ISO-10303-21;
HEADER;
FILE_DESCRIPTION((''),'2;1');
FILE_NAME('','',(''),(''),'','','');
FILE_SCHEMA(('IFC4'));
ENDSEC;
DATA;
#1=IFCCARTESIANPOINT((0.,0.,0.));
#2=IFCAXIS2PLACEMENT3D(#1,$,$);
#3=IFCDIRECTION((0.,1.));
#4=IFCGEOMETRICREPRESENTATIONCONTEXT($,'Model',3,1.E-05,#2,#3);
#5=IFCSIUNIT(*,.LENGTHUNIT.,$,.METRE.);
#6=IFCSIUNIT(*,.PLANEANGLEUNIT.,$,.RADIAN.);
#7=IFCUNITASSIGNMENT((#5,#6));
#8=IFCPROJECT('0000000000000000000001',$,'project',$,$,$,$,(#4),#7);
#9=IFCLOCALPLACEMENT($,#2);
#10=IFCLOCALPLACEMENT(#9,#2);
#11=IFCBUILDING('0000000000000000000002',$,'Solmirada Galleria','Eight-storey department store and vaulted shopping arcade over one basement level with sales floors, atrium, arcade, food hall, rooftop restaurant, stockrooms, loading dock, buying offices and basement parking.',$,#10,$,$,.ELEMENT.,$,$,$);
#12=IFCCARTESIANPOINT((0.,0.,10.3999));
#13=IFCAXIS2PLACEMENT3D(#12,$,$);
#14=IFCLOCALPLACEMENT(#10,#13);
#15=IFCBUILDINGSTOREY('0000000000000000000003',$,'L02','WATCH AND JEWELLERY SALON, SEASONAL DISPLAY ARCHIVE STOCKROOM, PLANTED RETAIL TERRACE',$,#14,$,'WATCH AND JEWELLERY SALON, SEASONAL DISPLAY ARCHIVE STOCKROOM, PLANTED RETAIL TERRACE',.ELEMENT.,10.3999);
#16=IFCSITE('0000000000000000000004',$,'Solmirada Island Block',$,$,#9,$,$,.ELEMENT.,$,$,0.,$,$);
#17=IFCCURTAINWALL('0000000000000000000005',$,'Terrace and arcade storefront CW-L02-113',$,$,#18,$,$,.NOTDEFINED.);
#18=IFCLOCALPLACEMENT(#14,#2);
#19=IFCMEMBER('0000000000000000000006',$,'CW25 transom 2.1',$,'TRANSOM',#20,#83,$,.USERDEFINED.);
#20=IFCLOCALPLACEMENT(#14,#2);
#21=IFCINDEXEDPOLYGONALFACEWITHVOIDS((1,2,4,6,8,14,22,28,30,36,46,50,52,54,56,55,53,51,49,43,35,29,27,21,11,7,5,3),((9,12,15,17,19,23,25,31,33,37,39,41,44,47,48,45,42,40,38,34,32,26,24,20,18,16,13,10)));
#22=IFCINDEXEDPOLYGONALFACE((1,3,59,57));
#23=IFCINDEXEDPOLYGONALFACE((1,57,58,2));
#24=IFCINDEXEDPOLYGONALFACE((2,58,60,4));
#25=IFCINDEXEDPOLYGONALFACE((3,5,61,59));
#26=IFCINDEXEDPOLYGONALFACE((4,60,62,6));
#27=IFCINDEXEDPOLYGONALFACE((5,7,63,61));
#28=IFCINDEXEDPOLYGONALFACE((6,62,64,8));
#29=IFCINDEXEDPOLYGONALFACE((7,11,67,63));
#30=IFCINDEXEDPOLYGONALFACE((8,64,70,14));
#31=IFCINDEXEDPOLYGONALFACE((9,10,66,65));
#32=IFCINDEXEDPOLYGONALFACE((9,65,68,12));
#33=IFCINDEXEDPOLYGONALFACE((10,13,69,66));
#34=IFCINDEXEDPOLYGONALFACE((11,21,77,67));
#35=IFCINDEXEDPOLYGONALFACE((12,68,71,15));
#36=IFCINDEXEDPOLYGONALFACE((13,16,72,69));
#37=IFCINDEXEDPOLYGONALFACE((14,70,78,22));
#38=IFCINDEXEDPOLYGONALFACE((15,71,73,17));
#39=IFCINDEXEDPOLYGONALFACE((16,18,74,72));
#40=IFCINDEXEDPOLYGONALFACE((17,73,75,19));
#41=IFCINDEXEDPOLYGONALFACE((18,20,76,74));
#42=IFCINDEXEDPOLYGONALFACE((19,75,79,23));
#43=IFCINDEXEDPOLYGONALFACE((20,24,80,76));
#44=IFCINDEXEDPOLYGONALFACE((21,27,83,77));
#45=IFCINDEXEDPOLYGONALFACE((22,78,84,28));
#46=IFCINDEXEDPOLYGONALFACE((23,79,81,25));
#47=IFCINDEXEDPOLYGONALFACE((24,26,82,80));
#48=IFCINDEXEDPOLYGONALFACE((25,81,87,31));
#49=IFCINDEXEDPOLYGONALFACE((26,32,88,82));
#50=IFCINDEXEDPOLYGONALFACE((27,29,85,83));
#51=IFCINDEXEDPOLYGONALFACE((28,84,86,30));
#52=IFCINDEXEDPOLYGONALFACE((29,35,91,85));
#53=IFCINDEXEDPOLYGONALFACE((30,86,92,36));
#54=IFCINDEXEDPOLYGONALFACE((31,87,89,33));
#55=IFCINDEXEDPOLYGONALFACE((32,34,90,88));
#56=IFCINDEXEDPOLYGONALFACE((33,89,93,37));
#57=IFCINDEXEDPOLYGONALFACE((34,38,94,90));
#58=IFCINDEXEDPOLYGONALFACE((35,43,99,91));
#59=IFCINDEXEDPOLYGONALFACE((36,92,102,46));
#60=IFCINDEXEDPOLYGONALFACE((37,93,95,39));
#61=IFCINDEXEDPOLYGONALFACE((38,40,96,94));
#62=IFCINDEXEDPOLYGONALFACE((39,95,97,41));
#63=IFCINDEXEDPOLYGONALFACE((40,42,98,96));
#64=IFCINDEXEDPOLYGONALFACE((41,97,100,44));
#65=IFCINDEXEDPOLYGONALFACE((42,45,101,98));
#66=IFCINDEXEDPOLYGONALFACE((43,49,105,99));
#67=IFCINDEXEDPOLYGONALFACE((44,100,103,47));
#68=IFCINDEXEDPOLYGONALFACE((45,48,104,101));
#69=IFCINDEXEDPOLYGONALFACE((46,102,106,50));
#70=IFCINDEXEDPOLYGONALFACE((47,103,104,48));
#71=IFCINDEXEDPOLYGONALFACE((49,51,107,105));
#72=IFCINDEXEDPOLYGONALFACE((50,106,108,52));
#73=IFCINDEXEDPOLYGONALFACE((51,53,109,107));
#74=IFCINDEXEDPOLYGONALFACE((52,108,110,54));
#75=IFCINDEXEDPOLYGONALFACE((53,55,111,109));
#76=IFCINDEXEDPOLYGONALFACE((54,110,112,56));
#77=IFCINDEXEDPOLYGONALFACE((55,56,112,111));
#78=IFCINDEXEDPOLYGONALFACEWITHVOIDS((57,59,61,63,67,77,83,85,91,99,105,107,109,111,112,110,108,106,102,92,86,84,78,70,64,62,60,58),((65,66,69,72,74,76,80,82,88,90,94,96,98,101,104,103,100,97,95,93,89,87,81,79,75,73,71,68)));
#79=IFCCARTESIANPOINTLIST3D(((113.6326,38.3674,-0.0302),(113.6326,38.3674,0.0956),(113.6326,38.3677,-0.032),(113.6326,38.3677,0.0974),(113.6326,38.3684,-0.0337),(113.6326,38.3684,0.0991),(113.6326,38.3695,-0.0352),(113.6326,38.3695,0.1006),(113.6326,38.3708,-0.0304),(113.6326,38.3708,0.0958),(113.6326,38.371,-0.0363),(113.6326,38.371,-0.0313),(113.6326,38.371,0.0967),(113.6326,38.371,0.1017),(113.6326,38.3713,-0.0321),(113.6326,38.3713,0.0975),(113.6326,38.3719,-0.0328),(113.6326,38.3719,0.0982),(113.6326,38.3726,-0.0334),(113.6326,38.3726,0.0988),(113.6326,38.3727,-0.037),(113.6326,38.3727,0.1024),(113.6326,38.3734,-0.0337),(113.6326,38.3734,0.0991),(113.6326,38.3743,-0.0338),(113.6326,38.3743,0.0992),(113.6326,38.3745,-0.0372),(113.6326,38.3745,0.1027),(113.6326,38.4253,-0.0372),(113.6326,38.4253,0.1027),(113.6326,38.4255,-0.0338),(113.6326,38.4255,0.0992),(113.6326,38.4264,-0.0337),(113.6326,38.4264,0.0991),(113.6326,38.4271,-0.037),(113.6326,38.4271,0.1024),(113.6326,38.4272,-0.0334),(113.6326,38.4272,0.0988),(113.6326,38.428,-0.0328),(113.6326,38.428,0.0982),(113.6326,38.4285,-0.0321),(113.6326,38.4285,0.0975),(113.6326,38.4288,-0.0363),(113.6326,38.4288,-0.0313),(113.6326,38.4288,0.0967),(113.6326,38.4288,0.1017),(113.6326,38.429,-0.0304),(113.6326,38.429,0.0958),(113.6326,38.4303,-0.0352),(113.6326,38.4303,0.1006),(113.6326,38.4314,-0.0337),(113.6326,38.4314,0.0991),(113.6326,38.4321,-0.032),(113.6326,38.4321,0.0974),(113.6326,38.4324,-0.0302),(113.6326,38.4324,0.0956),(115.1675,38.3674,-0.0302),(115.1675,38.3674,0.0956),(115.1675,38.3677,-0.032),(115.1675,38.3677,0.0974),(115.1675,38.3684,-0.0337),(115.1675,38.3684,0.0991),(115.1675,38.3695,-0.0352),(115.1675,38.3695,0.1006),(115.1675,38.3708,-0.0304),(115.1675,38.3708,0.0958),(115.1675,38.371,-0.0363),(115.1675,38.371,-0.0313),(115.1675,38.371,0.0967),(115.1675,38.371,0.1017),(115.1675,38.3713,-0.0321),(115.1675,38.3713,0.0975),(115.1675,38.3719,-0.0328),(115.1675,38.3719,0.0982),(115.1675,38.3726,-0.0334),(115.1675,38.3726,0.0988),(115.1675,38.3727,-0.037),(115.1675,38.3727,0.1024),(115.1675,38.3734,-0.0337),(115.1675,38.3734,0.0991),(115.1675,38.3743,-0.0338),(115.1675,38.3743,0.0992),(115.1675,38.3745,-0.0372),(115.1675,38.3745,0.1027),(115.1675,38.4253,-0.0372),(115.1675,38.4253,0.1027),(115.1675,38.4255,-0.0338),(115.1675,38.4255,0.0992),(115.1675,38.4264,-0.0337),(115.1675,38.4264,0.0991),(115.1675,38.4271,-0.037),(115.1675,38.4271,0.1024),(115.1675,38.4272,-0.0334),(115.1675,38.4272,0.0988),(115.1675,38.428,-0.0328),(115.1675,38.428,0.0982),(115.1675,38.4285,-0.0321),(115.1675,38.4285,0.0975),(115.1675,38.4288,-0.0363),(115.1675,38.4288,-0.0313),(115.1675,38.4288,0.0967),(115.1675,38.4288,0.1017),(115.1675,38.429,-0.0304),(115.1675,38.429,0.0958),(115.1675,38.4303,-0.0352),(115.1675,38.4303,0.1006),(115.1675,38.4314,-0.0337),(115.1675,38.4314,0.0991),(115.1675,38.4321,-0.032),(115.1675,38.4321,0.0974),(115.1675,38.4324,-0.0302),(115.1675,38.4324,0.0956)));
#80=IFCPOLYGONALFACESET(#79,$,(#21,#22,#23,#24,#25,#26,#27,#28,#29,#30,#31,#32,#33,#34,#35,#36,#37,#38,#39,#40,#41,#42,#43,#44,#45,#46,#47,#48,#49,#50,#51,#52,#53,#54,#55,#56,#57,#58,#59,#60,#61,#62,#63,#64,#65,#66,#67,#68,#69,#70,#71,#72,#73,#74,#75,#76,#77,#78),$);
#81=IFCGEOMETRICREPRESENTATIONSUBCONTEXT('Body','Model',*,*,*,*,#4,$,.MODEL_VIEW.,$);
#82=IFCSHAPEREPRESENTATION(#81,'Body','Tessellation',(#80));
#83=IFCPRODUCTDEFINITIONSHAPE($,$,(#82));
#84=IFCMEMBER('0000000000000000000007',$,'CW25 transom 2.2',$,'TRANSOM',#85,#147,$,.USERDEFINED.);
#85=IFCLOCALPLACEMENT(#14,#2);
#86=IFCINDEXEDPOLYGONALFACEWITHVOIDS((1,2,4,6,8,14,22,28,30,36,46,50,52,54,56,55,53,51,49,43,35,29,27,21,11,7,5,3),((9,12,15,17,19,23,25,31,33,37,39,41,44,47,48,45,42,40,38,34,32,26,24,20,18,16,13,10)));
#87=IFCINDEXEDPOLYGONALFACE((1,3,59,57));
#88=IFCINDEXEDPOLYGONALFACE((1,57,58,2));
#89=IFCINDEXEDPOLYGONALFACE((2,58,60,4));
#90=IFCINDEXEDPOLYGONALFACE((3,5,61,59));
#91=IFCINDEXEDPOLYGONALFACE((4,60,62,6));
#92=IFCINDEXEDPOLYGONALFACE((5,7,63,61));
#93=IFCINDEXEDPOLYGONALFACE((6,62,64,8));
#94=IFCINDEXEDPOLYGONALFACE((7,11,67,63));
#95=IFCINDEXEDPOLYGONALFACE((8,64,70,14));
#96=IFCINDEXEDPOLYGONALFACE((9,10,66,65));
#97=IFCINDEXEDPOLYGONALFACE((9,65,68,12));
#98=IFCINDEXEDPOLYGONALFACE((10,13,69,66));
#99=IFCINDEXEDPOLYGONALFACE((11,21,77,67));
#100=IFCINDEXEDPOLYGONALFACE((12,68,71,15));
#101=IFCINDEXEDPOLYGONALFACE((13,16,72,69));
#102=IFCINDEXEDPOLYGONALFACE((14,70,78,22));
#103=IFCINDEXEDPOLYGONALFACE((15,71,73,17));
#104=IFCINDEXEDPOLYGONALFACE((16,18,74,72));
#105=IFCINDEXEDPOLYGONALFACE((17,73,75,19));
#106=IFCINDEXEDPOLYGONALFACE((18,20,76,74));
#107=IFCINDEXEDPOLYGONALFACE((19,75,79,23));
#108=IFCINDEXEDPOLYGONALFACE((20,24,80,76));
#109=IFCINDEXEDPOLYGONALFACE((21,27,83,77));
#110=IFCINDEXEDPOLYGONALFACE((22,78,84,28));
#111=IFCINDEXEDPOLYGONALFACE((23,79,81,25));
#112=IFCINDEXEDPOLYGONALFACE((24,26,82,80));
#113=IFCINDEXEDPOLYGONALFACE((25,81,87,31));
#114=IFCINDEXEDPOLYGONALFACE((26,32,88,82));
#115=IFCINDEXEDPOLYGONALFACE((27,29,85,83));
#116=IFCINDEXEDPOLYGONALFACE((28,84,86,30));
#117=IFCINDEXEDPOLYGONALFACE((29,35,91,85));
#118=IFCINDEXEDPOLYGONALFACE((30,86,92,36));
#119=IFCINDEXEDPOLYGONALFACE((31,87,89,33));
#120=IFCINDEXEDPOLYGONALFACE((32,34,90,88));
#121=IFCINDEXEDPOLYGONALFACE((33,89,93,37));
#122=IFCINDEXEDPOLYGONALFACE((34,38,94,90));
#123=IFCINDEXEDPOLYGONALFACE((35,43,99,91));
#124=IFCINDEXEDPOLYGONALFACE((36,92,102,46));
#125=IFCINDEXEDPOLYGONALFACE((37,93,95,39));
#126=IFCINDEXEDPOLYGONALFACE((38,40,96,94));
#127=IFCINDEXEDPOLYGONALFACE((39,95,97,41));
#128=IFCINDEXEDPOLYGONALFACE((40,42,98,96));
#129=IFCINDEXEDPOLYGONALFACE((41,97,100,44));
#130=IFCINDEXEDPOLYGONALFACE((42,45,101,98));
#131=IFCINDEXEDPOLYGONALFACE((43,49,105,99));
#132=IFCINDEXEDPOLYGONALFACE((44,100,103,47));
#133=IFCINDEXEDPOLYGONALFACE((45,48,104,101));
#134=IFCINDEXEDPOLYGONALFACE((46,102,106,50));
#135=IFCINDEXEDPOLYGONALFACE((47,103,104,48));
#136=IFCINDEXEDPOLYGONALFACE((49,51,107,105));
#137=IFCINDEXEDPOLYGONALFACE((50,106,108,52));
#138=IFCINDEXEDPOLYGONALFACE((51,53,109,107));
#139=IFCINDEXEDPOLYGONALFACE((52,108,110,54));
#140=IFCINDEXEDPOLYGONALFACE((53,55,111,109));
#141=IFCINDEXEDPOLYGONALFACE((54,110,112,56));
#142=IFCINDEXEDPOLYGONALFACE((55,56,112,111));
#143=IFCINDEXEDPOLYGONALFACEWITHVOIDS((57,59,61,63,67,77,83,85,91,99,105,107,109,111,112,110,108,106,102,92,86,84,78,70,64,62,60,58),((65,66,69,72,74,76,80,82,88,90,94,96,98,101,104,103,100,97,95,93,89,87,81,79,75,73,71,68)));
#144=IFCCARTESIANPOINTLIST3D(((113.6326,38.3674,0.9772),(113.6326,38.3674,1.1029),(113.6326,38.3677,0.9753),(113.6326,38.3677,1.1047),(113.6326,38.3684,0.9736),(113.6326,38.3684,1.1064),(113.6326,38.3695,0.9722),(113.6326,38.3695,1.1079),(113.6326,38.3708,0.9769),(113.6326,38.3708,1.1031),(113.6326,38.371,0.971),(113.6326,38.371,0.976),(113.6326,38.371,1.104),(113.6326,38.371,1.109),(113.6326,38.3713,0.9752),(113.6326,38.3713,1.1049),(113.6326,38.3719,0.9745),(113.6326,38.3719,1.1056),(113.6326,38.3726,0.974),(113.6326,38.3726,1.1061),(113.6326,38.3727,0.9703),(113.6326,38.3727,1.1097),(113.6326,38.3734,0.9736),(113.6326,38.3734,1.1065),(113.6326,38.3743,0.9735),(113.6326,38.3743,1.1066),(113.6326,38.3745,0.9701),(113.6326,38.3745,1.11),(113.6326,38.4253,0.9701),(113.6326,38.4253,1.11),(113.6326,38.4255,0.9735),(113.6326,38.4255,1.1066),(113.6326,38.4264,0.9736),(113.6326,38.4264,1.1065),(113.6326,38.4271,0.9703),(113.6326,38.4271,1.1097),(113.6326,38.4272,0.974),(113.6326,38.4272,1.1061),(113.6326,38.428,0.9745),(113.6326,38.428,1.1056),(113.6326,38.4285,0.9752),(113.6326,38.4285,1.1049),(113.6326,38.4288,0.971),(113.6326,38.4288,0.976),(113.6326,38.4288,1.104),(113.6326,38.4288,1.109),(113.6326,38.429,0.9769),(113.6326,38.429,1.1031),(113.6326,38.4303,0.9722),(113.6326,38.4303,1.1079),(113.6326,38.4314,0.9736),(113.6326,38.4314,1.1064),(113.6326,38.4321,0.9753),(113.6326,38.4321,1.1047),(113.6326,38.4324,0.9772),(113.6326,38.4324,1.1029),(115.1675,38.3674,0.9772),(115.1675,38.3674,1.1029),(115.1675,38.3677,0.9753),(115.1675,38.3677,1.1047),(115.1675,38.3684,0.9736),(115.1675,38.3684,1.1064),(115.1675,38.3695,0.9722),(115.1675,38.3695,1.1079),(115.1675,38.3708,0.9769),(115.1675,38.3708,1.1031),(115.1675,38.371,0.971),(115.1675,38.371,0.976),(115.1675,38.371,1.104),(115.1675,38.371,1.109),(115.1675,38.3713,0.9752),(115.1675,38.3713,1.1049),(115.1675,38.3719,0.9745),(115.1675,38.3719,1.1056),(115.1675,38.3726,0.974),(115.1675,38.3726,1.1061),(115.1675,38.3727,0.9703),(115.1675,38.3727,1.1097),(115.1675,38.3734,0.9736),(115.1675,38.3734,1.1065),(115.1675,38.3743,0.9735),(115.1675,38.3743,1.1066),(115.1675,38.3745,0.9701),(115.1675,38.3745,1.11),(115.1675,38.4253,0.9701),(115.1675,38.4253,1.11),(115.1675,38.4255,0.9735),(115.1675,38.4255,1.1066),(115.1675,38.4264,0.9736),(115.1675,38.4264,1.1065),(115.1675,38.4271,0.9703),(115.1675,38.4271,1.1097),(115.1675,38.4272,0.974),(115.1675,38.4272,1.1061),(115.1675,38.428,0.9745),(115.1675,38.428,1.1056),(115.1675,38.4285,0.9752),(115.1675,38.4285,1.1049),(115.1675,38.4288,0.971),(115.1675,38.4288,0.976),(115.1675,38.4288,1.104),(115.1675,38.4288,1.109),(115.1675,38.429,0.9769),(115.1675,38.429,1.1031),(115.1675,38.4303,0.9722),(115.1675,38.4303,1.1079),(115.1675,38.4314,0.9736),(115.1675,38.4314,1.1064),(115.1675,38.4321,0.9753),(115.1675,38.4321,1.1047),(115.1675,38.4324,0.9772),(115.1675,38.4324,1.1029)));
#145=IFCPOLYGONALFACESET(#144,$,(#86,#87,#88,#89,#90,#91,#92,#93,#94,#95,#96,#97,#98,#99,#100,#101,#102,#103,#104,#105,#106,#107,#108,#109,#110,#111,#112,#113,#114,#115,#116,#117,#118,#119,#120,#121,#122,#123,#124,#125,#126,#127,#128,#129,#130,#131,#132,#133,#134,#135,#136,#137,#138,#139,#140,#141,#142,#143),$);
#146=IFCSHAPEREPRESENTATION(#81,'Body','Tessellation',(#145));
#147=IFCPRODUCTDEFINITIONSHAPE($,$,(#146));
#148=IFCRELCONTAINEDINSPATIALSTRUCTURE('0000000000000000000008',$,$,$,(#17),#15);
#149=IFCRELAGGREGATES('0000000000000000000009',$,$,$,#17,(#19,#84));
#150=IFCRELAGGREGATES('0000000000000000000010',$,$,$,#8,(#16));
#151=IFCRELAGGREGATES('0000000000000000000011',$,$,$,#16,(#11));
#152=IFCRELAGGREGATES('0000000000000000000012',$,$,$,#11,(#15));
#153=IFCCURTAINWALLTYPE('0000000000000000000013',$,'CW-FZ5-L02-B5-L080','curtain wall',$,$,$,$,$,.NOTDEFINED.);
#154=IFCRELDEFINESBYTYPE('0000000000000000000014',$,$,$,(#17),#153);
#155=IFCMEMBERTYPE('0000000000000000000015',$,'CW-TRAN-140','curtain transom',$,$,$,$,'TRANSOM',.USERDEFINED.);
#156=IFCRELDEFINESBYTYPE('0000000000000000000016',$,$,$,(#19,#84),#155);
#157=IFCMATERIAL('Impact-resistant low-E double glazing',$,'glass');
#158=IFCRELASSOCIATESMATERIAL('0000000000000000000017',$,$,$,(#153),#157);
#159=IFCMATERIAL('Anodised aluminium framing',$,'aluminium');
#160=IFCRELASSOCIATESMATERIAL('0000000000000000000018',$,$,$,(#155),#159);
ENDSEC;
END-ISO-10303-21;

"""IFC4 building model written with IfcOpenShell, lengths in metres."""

from ifc_helpers import new_model, si_unit, direction, frame, origin, origin_2d, place, context, subcontext, project, spatial, hollow_rectangle, extrude, material, material_profile, profile_set, type_object, element, aggregate, save


model = new_model("IFC4")

# Units and contexts
model_context = context("Model", 3, precision=1e-05, world=origin(), true_north=direction((0.0, 1.0)))
body_context = subcontext(model_context, "Body", "Model", "MODEL_VIEW")
ifc_project = project(units=[si_unit("LENGTHUNIT", "METRE"), si_unit("PLANEANGLEUNIT", "RADIAN")], contexts=[model_context])

# Site, building, storey
site_placement = place(None, origin())
site = spatial("IfcSite", under=ifc_project, at=site_placement, Name="Solmirada Island Block", CompositionType="ELEMENT", RefElevation=0.0)
building_placement = place(site_placement, origin())
building = spatial("IfcBuilding", under=site, at=building_placement, Name="Solmirada Galleria", Description="Eight-storey department store and vaulted shopping arcade over one basement level with sales floors, atrium, arcade, food hall, rooftop restaurant, stockrooms, loading dock, buying offices and basement parking.", CompositionType="ELEMENT")
storey_placement = place(building_placement, frame((0.0, 0.0, 10.3999)))
storey = spatial("IfcBuildingStorey", under=building, at=storey_placement, Name="L02", Description="WATCH AND JEWELLERY SALON, SEASONAL DISPLAY ARCHIVE STOCKROOM, PLANTED RETAIL TERRACE", LongName="WATCH AND JEWELLERY SALON, SEASONAL DISPLAY ARCHIVE STOCKROOM, PLANTED RETAIL TERRACE", CompositionType="ELEMENT", Elevation=10.3999)

# Curtain wall, members
ifc_material_1 = material(Name="Impact-resistant low-E double glazing", Category="glass")
curtain_wall_type = type_object("IfcCurtainWallType", Name="CW-FZ5-L02-B5-L080", Description="curtain wall", PredefinedType="NOTDEFINED", material=ifc_material_1)
curtain_wall_placement = place(storey_placement, origin())
curtain_wall = element("IfcCurtainWall", 1, at=curtain_wall_placement, inside=storey, type_object=curtain_wall_type, Name="Terrace and arcade storefront CW-L02-113", PredefinedType="NOTDEFINED")
ifc_material_2 = material(Name="Anodised aluminium framing", Category="aluminium")
ifc_material_profile_1 = material_profile(ifc_material_2, hollow_rectangle(XDim=0.0649, YDim=0.1399, WallThickness=0.0034, InnerFilletRadius=0.0034, OuterFilletRadius=0.0071, at=origin_2d()), Name="ALU-TRAN-140X65")
ifc_profile_set_1 = profile_set([ifc_material_profile_1], Name="Anodised aluminium framing")
member_type_1 = type_object("IfcMemberType", Name="CW-TRAN-140", Description="curtain transom", ElementType="TRANSOM", PredefinedType="USERDEFINED", material=ifc_profile_set_1)
member_1_placement = place(storey_placement, frame((113.6326, 38.3999, 0.0327), z_axis=(1.0, 0.0, 0.0), x_axis=(0.0, 1.0, 0.0)))
member_1 = element("IfcMember", 2, at=member_1_placement, type_object=member_type_1, Name="CW25 transom 2.1", ObjectType="TRANSOM", PredefinedType="USERDEFINED", context=body_context, shape_type="SweptSolid", body=[
    extrude(hollow_rectangle(XDim=0.0649, YDim=0.1399, WallThickness=0.0034, InnerFilletRadius=0.0034, OuterFilletRadius=0.0071, at=origin_2d()), origin(), (0.0, 0.0, 1.0), 1.5349),
])
member_2_placement = place(storey_placement, frame((113.6326, 38.3999, 1.04), z_axis=(1.0, 0.0, 0.0), x_axis=(0.0, 1.0, 0.0)))
member_2 = element("IfcMember", 3, at=member_2_placement, type_object=member_type_1, Name="CW25 transom 2.2", ObjectType="TRANSOM", PredefinedType="USERDEFINED", context=body_context, shape_type="SweptSolid", body=[
    extrude(hollow_rectangle(XDim=0.0649, YDim=0.1399, WallThickness=0.0034, InnerFilletRadius=0.0034, OuterFilletRadius=0.0071, at=origin_2d()), origin(), (0.0, 0.0, 1.0), 1.5349),
])
aggregate(curtain_wall, [member_1, member_2])

save(model, "model.ifc")
